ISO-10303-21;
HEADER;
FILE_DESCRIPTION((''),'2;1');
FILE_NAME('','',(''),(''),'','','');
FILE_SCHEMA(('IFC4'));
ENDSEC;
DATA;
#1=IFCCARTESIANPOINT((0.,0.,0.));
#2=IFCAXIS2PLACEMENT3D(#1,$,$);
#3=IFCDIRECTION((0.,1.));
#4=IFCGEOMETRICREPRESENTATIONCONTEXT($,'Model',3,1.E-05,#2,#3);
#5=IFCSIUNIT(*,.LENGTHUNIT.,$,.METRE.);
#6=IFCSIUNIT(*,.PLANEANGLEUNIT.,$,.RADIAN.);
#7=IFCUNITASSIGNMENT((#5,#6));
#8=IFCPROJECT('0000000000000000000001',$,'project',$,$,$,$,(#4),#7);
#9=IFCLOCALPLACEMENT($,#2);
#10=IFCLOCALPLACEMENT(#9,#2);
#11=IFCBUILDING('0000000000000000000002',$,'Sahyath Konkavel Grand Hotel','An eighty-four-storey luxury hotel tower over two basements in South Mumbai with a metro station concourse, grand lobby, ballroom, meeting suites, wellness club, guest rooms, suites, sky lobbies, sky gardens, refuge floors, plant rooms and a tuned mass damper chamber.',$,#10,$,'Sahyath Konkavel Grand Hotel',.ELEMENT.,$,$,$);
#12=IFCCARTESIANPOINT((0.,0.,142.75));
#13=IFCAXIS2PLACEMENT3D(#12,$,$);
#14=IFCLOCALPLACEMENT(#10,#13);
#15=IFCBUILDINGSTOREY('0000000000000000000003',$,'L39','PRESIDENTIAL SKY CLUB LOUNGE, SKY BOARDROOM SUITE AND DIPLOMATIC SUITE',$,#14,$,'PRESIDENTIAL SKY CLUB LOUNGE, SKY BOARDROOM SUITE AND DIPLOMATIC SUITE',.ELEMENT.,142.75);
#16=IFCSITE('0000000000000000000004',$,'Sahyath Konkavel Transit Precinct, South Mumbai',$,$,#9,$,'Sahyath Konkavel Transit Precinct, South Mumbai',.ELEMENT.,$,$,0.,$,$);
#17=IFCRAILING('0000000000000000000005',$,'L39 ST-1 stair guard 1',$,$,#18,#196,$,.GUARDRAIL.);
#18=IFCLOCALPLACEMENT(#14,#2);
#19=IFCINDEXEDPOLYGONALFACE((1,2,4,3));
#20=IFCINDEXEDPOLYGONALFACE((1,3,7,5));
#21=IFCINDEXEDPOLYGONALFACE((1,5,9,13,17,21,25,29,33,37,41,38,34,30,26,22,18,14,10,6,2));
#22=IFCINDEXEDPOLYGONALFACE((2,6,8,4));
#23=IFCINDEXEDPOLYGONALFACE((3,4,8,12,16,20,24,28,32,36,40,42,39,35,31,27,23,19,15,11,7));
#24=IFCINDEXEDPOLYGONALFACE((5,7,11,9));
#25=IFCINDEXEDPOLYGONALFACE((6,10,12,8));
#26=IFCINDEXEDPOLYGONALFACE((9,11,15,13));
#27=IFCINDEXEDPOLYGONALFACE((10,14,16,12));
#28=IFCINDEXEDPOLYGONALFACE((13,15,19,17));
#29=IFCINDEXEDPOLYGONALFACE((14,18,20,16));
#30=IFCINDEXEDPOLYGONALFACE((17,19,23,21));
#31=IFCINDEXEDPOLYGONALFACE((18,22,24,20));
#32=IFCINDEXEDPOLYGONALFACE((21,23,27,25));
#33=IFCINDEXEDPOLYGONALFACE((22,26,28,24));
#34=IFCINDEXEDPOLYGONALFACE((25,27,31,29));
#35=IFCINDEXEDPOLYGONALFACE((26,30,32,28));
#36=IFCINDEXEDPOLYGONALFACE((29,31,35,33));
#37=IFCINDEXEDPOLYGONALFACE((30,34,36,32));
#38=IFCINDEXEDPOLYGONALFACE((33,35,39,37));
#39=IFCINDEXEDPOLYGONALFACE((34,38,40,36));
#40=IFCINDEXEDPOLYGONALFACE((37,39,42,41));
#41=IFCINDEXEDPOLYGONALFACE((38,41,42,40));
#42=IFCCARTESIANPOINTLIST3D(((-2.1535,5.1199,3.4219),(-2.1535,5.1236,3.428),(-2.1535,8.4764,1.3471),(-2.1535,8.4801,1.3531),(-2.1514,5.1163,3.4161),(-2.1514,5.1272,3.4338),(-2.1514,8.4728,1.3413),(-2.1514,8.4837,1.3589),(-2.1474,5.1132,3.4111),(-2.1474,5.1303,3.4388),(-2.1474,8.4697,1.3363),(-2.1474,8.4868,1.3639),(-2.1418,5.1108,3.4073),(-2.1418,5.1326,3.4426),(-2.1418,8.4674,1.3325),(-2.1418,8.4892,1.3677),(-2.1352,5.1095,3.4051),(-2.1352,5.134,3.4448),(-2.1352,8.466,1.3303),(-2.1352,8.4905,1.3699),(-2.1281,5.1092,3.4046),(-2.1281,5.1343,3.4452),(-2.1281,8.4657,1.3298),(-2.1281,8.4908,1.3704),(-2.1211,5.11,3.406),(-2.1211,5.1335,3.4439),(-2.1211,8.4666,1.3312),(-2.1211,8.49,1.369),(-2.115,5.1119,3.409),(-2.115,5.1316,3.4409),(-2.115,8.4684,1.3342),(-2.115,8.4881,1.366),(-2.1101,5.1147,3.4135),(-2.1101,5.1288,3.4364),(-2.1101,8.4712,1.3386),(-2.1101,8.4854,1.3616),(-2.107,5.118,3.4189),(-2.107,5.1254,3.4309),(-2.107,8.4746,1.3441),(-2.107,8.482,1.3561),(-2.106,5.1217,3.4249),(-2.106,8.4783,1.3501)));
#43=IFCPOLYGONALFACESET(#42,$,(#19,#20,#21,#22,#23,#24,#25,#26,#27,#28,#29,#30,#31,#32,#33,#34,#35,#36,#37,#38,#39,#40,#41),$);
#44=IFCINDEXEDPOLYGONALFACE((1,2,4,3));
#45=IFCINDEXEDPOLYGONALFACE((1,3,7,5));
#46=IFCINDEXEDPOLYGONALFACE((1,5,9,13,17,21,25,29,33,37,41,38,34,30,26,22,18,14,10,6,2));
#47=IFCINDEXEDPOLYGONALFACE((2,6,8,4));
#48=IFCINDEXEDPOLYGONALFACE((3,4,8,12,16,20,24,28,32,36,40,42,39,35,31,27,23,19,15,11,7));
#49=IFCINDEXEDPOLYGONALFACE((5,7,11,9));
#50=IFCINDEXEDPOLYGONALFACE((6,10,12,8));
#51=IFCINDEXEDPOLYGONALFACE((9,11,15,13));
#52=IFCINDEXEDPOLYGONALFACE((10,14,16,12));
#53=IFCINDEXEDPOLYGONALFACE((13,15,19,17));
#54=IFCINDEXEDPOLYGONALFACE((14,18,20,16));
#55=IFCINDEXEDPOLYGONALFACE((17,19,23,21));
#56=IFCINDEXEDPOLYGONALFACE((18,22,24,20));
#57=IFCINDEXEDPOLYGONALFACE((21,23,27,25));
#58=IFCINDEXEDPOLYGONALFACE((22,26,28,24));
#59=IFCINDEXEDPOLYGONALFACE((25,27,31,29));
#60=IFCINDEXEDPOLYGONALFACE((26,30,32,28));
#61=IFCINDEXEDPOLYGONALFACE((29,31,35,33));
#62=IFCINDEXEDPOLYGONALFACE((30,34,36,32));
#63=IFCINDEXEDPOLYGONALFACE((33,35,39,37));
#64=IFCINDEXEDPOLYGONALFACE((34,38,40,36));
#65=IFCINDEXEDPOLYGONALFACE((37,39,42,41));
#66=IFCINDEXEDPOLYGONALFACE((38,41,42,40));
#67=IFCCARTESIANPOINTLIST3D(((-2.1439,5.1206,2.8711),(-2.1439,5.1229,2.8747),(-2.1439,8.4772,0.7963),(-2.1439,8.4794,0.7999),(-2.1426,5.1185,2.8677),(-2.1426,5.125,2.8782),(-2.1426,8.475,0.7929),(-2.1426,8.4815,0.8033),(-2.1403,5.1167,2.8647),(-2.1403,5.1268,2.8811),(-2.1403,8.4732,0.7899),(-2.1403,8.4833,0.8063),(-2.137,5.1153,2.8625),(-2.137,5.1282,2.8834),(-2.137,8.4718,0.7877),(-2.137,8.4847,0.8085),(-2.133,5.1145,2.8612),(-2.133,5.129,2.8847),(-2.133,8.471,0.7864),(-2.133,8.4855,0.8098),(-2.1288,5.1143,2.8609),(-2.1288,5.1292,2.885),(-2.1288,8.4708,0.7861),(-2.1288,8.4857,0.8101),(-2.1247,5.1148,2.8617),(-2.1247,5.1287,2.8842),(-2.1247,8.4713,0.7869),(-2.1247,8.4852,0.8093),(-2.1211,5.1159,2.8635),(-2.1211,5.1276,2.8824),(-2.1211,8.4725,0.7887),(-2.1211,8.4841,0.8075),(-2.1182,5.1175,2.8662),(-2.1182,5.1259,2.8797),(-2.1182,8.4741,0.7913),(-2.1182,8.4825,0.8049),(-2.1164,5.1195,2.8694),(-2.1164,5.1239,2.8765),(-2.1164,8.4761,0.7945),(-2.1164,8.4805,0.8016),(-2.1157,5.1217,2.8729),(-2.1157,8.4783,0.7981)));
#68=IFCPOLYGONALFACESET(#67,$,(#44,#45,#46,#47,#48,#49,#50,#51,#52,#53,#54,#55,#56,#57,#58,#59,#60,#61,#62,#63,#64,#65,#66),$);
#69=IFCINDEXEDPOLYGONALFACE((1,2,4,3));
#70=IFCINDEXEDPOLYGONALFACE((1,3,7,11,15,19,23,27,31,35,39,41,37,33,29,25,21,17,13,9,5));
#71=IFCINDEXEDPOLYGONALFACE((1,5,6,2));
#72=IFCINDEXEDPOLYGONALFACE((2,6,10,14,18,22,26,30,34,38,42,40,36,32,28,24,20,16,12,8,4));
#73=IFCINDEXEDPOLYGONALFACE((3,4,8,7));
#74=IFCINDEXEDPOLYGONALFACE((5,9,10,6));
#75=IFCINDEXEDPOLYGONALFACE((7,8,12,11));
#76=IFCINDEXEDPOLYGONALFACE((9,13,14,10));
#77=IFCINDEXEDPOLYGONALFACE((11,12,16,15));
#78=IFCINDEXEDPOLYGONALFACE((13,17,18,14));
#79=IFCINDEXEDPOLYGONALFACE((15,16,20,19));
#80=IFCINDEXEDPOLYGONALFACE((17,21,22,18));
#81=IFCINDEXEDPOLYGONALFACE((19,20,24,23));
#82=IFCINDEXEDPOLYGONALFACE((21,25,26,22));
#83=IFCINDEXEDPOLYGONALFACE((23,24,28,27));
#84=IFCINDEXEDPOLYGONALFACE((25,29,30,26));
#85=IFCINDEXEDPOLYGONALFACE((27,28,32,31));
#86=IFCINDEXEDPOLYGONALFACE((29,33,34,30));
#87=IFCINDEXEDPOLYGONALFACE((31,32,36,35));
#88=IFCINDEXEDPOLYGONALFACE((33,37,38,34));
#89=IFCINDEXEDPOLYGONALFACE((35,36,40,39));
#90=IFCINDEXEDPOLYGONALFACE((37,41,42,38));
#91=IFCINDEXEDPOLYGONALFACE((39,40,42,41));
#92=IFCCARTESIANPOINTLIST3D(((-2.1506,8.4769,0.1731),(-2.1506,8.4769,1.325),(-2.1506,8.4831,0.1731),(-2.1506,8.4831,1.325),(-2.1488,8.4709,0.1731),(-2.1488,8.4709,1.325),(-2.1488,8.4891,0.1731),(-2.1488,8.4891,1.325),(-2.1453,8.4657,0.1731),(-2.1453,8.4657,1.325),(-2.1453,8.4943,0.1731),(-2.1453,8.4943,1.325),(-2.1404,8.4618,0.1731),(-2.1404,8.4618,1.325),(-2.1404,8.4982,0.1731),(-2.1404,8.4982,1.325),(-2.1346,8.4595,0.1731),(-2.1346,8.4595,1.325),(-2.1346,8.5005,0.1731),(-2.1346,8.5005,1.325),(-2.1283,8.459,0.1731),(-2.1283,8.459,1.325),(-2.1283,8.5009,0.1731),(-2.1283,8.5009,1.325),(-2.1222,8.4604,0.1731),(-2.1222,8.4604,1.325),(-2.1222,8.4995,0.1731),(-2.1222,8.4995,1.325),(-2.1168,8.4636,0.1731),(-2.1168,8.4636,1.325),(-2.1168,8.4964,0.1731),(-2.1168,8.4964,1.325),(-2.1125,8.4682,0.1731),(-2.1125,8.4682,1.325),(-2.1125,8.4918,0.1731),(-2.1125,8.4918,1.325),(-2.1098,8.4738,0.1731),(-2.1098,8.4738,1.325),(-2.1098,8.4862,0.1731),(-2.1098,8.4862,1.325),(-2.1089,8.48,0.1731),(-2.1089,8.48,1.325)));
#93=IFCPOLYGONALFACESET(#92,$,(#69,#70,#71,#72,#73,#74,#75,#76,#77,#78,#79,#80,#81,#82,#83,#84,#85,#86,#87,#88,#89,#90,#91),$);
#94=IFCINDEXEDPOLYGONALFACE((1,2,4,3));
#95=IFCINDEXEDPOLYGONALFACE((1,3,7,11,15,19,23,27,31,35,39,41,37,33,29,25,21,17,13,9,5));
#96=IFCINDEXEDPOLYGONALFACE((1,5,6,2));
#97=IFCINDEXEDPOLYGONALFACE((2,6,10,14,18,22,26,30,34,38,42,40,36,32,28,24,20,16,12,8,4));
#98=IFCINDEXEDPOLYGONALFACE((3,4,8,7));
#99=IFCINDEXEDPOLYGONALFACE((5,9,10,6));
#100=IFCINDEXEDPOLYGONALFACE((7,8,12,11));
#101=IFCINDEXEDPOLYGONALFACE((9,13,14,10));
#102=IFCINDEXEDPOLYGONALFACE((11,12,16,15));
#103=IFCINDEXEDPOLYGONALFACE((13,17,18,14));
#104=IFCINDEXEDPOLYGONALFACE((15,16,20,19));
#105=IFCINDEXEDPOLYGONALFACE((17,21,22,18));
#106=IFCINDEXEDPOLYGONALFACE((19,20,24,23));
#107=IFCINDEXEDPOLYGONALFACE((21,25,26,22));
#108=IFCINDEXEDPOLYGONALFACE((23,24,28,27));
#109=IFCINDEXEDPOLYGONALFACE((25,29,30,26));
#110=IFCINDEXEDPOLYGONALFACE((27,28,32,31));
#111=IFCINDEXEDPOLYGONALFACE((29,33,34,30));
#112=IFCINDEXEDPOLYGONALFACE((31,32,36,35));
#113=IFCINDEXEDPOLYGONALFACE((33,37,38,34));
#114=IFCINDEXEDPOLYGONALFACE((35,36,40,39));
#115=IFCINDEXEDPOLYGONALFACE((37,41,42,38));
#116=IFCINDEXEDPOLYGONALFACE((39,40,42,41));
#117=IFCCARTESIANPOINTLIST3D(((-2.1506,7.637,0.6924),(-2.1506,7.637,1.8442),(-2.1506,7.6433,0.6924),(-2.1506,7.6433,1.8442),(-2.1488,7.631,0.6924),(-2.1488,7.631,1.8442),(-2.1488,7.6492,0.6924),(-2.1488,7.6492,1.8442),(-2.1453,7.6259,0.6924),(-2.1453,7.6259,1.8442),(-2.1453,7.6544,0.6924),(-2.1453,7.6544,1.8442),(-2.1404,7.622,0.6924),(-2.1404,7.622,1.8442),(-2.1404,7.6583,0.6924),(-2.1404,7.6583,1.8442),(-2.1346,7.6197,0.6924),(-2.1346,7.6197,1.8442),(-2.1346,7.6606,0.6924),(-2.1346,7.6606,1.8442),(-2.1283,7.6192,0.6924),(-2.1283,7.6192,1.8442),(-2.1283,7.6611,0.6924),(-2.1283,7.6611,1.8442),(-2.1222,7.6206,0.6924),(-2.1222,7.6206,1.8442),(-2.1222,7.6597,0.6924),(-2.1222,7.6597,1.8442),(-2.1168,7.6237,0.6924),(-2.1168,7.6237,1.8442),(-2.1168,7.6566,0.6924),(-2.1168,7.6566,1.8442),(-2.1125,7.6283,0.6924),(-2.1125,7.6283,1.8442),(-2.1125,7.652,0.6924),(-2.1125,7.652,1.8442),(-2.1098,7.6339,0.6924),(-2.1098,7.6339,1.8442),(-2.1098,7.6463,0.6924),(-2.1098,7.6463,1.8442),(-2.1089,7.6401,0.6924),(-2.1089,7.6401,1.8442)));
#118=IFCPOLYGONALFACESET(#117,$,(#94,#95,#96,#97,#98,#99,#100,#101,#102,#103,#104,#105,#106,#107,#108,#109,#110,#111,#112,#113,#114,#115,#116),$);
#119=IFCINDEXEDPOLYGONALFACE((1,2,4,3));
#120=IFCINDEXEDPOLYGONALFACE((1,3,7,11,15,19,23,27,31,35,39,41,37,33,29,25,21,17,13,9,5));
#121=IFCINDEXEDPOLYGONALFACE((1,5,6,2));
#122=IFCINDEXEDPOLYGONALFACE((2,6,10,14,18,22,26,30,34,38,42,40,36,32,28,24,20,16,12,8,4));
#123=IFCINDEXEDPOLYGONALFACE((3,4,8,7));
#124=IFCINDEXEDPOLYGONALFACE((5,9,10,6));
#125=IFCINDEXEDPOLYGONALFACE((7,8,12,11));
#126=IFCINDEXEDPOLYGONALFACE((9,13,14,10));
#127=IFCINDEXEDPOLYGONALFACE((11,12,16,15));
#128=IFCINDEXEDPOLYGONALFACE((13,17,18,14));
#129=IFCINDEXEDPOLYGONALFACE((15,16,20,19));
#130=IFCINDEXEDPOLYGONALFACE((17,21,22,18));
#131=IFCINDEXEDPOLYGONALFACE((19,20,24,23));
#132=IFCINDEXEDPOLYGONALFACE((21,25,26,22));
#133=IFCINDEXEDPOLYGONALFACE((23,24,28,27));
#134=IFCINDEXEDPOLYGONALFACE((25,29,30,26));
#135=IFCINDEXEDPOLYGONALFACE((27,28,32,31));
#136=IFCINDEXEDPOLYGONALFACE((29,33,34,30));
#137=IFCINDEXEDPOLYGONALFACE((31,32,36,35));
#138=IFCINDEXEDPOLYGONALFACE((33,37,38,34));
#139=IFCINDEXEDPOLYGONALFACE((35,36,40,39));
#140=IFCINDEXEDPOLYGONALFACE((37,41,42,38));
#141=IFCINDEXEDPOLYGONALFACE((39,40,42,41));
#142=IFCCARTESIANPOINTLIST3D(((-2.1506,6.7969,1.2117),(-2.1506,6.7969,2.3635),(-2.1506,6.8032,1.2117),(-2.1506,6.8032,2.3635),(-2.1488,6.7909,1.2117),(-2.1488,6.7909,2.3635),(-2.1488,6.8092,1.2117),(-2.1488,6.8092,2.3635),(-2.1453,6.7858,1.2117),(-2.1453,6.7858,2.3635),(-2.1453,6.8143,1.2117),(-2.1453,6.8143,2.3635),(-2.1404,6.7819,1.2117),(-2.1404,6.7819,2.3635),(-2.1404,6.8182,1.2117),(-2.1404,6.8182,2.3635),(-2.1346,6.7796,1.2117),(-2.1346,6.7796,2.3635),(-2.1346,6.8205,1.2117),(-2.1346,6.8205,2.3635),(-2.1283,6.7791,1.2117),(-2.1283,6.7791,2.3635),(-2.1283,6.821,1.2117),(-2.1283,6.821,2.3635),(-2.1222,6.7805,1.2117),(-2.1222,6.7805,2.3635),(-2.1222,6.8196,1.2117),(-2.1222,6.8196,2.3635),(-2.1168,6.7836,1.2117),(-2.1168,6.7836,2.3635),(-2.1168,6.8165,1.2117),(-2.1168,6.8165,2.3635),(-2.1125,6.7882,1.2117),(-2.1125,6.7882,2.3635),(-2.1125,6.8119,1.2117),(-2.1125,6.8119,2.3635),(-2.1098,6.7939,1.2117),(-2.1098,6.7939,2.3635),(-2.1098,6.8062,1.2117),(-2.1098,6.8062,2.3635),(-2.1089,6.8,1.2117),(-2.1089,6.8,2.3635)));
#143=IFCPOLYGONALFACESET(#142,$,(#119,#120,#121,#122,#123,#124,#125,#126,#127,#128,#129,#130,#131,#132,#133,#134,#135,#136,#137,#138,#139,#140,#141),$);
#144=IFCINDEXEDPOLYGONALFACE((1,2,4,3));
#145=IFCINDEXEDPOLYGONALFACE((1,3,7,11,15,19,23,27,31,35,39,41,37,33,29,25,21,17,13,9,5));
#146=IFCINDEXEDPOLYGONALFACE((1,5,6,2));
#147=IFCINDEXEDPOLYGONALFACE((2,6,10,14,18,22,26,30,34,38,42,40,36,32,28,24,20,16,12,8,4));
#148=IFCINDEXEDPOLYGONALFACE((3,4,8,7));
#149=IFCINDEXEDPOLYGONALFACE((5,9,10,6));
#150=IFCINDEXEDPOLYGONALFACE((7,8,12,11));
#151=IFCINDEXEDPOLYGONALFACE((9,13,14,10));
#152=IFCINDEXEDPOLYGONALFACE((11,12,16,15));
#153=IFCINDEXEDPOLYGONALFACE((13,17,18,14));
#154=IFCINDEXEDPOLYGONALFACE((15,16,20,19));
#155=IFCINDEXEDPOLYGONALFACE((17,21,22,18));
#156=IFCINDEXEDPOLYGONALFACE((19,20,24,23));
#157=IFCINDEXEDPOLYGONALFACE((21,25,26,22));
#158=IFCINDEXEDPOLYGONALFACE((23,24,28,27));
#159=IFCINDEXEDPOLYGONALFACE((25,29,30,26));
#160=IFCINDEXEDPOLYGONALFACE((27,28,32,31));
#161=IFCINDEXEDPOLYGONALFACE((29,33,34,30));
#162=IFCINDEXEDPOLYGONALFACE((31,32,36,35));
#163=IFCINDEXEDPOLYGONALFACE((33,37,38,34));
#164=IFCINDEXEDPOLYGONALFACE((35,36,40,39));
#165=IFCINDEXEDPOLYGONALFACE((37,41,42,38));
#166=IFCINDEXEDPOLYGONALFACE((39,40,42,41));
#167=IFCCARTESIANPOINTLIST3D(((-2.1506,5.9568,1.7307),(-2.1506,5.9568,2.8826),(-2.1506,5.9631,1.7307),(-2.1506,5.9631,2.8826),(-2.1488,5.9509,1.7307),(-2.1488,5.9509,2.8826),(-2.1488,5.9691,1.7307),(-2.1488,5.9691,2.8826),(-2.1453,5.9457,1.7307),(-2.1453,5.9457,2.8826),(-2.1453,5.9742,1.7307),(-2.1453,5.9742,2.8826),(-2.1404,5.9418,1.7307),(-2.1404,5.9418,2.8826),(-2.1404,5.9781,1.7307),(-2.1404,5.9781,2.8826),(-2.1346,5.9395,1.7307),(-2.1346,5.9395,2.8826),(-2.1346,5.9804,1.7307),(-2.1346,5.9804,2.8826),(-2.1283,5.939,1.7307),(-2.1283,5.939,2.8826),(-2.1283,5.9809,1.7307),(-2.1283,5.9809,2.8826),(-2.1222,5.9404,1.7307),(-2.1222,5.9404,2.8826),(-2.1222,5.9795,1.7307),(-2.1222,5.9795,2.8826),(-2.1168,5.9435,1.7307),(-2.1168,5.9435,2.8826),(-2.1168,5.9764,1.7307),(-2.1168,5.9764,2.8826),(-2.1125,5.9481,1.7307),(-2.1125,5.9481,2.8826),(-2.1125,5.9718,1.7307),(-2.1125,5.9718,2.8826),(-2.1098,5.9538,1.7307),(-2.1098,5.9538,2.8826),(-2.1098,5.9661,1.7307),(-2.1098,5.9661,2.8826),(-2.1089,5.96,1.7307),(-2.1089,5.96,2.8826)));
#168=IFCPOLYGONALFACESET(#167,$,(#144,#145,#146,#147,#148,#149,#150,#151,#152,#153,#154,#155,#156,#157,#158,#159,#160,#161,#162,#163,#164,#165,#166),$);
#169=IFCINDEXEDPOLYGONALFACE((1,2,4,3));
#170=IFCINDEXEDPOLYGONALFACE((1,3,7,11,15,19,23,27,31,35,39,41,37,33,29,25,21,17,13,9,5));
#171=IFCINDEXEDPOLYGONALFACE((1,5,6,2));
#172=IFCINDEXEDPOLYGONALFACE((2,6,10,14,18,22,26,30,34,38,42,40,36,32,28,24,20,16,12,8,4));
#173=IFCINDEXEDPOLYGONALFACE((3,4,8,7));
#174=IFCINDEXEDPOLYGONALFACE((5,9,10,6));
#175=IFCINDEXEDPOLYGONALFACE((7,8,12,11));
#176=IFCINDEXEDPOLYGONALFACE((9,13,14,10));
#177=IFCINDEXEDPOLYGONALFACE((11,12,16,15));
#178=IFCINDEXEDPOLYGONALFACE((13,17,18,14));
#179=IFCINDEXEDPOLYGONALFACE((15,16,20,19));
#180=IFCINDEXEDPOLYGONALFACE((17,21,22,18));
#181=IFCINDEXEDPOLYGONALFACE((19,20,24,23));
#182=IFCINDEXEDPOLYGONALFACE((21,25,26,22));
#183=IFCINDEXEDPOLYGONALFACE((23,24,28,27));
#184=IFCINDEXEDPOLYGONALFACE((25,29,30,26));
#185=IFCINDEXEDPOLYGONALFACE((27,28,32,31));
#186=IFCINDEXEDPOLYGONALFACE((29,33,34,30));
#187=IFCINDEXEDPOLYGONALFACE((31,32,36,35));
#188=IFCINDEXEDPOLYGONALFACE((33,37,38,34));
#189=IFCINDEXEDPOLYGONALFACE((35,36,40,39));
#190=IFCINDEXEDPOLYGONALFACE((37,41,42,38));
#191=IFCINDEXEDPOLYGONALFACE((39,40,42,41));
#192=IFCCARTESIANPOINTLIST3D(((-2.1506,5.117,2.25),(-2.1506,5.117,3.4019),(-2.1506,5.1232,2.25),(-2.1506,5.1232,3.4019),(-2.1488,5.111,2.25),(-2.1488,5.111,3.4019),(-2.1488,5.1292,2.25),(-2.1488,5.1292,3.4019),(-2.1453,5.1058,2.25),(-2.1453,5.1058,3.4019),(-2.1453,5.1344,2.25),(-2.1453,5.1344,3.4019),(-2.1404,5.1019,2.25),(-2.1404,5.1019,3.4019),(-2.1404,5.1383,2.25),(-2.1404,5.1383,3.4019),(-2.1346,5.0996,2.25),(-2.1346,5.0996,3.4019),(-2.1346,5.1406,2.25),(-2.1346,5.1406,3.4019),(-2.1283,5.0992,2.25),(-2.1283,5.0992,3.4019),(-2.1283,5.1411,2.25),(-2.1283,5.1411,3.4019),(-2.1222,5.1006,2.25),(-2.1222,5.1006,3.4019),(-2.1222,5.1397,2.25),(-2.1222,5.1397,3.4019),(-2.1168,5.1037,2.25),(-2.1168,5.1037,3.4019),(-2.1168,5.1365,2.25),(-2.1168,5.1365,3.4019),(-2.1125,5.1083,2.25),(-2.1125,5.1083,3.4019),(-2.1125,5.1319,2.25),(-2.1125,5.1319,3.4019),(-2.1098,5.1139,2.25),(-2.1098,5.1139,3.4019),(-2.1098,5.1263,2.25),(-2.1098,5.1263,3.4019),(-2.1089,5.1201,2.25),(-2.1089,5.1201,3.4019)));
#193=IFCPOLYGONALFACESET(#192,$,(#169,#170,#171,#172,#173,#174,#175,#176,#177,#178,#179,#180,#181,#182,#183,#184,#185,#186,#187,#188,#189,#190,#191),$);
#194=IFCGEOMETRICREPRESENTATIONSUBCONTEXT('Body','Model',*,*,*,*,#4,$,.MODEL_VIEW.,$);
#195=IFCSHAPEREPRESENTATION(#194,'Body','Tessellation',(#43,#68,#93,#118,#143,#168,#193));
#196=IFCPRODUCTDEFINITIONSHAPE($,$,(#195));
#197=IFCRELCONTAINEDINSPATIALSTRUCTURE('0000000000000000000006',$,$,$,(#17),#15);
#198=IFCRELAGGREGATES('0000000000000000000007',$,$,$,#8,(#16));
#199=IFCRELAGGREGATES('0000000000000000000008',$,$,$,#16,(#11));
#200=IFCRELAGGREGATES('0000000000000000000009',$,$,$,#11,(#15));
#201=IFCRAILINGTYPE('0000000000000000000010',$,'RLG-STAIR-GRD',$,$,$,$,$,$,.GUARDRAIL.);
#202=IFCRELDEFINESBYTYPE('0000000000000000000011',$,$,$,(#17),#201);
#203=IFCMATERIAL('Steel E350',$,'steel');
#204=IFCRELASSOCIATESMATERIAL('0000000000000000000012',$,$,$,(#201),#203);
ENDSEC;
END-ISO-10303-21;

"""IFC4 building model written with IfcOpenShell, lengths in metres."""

from ifc_helpers import new_model, si_unit, direction, frame, origin, origin_2d, place, context, subcontext, project, spatial, circle, extrude, material, type_object, element, save


model = new_model("IFC4")

# Units and contexts
model_context = context("Model", 3, precision=1e-05, world=origin(), true_north=direction((0.0, 1.0)))
body_context = subcontext(model_context, "Body", "Model", "MODEL_VIEW")
ifc_project = project(units=[si_unit("LENGTHUNIT", "METRE"), si_unit("PLANEANGLEUNIT", "RADIAN")], contexts=[model_context])

# Site, building, storey
site_placement = place(None, origin())
site = spatial("IfcSite", under=ifc_project, at=site_placement, Name="Sahyath Konkavel Transit Precinct, South Mumbai", LongName="Sahyath Konkavel Transit Precinct, South Mumbai", CompositionType="ELEMENT", RefElevation=0.0)
building_placement = place(site_placement, origin())
building = spatial("IfcBuilding", under=site, at=building_placement, Name="Sahyath Konkavel Grand Hotel", Description="An eighty-four-storey luxury hotel tower over two basements in South Mumbai with a metro station concourse, grand lobby, ballroom, meeting suites, wellness club, guest rooms, suites, sky lobbies, sky gardens, refuge floors, plant rooms and a tuned mass damper chamber.", LongName="Sahyath Konkavel Grand Hotel", CompositionType="ELEMENT")
storey_placement = place(building_placement, frame((0.0, 0.0, 142.75)))
storey = spatial("IfcBuildingStorey", under=building, at=storey_placement, Name="L39", Description="PRESIDENTIAL SKY CLUB LOUNGE, SKY BOARDROOM SUITE AND DIPLOMATIC SUITE", LongName="PRESIDENTIAL SKY CLUB LOUNGE, SKY BOARDROOM SUITE AND DIPLOMATIC SUITE", CompositionType="ELEMENT", Elevation=142.75)

# Shared definitions
ifc_material_1 = material(Name="Steel E350", Category="steel")

# Railing
railing_type_1 = type_object("IfcRailingType", Name="RLG-STAIR-GRD", PredefinedType="GUARDRAIL", material=ifc_material_1)
railing_1_placement = place(storey_placement, frame((-2.1299, 8.48, 0.1731)))
element("IfcRailing", 1, at=railing_1_placement, inside=storey, type_object=railing_type_1, Name="L39 ST-1 stair guard 1", PredefinedType="GUARDRAIL", context=body_context, shape_type="SweptSolid", body=[
    extrude(circle(Radius=0.0239, at=origin_2d()), frame((0.0, -0.0017, 1.177), z_axis=(0.0, -0.850606, 0.525803), x_axis=(1.0, 0.0, 0.0)), (0.0, 0.0, 1.0), 3.946),
    extrude(circle(Radius=0.0142, at=origin_2d()), frame((0.0, -0.0017, 0.625), z_axis=(0.0, -0.850606, 0.525803), x_axis=(1.0, 0.0, 0.0)), (0.0, 0.0, 1.0), 3.946),
    extrude(circle(Radius=0.021, at=origin_2d()), origin(), (0.0, 0.0, 1.0), 1.1519),
    extrude(circle(Radius=0.021, at=origin_2d()), frame((0.0, -0.8398, 0.5193)), (0.0, 0.0, 1.0), 1.1519),
    extrude(circle(Radius=0.021, at=origin_2d()), frame((0.0, -1.6799, 1.0386)), (0.0, 0.0, 1.0), 1.1519),
    extrude(circle(Radius=0.021, at=origin_2d()), frame((0.0, -2.52, 1.5576)), (0.0, 0.0, 1.0), 1.1519),
    extrude(circle(Radius=0.021, at=origin_2d()), frame((0.0, -3.3599, 2.0769)), (0.0, 0.0, 1.0), 1.1519),
])

save(model, "model.ifc")
